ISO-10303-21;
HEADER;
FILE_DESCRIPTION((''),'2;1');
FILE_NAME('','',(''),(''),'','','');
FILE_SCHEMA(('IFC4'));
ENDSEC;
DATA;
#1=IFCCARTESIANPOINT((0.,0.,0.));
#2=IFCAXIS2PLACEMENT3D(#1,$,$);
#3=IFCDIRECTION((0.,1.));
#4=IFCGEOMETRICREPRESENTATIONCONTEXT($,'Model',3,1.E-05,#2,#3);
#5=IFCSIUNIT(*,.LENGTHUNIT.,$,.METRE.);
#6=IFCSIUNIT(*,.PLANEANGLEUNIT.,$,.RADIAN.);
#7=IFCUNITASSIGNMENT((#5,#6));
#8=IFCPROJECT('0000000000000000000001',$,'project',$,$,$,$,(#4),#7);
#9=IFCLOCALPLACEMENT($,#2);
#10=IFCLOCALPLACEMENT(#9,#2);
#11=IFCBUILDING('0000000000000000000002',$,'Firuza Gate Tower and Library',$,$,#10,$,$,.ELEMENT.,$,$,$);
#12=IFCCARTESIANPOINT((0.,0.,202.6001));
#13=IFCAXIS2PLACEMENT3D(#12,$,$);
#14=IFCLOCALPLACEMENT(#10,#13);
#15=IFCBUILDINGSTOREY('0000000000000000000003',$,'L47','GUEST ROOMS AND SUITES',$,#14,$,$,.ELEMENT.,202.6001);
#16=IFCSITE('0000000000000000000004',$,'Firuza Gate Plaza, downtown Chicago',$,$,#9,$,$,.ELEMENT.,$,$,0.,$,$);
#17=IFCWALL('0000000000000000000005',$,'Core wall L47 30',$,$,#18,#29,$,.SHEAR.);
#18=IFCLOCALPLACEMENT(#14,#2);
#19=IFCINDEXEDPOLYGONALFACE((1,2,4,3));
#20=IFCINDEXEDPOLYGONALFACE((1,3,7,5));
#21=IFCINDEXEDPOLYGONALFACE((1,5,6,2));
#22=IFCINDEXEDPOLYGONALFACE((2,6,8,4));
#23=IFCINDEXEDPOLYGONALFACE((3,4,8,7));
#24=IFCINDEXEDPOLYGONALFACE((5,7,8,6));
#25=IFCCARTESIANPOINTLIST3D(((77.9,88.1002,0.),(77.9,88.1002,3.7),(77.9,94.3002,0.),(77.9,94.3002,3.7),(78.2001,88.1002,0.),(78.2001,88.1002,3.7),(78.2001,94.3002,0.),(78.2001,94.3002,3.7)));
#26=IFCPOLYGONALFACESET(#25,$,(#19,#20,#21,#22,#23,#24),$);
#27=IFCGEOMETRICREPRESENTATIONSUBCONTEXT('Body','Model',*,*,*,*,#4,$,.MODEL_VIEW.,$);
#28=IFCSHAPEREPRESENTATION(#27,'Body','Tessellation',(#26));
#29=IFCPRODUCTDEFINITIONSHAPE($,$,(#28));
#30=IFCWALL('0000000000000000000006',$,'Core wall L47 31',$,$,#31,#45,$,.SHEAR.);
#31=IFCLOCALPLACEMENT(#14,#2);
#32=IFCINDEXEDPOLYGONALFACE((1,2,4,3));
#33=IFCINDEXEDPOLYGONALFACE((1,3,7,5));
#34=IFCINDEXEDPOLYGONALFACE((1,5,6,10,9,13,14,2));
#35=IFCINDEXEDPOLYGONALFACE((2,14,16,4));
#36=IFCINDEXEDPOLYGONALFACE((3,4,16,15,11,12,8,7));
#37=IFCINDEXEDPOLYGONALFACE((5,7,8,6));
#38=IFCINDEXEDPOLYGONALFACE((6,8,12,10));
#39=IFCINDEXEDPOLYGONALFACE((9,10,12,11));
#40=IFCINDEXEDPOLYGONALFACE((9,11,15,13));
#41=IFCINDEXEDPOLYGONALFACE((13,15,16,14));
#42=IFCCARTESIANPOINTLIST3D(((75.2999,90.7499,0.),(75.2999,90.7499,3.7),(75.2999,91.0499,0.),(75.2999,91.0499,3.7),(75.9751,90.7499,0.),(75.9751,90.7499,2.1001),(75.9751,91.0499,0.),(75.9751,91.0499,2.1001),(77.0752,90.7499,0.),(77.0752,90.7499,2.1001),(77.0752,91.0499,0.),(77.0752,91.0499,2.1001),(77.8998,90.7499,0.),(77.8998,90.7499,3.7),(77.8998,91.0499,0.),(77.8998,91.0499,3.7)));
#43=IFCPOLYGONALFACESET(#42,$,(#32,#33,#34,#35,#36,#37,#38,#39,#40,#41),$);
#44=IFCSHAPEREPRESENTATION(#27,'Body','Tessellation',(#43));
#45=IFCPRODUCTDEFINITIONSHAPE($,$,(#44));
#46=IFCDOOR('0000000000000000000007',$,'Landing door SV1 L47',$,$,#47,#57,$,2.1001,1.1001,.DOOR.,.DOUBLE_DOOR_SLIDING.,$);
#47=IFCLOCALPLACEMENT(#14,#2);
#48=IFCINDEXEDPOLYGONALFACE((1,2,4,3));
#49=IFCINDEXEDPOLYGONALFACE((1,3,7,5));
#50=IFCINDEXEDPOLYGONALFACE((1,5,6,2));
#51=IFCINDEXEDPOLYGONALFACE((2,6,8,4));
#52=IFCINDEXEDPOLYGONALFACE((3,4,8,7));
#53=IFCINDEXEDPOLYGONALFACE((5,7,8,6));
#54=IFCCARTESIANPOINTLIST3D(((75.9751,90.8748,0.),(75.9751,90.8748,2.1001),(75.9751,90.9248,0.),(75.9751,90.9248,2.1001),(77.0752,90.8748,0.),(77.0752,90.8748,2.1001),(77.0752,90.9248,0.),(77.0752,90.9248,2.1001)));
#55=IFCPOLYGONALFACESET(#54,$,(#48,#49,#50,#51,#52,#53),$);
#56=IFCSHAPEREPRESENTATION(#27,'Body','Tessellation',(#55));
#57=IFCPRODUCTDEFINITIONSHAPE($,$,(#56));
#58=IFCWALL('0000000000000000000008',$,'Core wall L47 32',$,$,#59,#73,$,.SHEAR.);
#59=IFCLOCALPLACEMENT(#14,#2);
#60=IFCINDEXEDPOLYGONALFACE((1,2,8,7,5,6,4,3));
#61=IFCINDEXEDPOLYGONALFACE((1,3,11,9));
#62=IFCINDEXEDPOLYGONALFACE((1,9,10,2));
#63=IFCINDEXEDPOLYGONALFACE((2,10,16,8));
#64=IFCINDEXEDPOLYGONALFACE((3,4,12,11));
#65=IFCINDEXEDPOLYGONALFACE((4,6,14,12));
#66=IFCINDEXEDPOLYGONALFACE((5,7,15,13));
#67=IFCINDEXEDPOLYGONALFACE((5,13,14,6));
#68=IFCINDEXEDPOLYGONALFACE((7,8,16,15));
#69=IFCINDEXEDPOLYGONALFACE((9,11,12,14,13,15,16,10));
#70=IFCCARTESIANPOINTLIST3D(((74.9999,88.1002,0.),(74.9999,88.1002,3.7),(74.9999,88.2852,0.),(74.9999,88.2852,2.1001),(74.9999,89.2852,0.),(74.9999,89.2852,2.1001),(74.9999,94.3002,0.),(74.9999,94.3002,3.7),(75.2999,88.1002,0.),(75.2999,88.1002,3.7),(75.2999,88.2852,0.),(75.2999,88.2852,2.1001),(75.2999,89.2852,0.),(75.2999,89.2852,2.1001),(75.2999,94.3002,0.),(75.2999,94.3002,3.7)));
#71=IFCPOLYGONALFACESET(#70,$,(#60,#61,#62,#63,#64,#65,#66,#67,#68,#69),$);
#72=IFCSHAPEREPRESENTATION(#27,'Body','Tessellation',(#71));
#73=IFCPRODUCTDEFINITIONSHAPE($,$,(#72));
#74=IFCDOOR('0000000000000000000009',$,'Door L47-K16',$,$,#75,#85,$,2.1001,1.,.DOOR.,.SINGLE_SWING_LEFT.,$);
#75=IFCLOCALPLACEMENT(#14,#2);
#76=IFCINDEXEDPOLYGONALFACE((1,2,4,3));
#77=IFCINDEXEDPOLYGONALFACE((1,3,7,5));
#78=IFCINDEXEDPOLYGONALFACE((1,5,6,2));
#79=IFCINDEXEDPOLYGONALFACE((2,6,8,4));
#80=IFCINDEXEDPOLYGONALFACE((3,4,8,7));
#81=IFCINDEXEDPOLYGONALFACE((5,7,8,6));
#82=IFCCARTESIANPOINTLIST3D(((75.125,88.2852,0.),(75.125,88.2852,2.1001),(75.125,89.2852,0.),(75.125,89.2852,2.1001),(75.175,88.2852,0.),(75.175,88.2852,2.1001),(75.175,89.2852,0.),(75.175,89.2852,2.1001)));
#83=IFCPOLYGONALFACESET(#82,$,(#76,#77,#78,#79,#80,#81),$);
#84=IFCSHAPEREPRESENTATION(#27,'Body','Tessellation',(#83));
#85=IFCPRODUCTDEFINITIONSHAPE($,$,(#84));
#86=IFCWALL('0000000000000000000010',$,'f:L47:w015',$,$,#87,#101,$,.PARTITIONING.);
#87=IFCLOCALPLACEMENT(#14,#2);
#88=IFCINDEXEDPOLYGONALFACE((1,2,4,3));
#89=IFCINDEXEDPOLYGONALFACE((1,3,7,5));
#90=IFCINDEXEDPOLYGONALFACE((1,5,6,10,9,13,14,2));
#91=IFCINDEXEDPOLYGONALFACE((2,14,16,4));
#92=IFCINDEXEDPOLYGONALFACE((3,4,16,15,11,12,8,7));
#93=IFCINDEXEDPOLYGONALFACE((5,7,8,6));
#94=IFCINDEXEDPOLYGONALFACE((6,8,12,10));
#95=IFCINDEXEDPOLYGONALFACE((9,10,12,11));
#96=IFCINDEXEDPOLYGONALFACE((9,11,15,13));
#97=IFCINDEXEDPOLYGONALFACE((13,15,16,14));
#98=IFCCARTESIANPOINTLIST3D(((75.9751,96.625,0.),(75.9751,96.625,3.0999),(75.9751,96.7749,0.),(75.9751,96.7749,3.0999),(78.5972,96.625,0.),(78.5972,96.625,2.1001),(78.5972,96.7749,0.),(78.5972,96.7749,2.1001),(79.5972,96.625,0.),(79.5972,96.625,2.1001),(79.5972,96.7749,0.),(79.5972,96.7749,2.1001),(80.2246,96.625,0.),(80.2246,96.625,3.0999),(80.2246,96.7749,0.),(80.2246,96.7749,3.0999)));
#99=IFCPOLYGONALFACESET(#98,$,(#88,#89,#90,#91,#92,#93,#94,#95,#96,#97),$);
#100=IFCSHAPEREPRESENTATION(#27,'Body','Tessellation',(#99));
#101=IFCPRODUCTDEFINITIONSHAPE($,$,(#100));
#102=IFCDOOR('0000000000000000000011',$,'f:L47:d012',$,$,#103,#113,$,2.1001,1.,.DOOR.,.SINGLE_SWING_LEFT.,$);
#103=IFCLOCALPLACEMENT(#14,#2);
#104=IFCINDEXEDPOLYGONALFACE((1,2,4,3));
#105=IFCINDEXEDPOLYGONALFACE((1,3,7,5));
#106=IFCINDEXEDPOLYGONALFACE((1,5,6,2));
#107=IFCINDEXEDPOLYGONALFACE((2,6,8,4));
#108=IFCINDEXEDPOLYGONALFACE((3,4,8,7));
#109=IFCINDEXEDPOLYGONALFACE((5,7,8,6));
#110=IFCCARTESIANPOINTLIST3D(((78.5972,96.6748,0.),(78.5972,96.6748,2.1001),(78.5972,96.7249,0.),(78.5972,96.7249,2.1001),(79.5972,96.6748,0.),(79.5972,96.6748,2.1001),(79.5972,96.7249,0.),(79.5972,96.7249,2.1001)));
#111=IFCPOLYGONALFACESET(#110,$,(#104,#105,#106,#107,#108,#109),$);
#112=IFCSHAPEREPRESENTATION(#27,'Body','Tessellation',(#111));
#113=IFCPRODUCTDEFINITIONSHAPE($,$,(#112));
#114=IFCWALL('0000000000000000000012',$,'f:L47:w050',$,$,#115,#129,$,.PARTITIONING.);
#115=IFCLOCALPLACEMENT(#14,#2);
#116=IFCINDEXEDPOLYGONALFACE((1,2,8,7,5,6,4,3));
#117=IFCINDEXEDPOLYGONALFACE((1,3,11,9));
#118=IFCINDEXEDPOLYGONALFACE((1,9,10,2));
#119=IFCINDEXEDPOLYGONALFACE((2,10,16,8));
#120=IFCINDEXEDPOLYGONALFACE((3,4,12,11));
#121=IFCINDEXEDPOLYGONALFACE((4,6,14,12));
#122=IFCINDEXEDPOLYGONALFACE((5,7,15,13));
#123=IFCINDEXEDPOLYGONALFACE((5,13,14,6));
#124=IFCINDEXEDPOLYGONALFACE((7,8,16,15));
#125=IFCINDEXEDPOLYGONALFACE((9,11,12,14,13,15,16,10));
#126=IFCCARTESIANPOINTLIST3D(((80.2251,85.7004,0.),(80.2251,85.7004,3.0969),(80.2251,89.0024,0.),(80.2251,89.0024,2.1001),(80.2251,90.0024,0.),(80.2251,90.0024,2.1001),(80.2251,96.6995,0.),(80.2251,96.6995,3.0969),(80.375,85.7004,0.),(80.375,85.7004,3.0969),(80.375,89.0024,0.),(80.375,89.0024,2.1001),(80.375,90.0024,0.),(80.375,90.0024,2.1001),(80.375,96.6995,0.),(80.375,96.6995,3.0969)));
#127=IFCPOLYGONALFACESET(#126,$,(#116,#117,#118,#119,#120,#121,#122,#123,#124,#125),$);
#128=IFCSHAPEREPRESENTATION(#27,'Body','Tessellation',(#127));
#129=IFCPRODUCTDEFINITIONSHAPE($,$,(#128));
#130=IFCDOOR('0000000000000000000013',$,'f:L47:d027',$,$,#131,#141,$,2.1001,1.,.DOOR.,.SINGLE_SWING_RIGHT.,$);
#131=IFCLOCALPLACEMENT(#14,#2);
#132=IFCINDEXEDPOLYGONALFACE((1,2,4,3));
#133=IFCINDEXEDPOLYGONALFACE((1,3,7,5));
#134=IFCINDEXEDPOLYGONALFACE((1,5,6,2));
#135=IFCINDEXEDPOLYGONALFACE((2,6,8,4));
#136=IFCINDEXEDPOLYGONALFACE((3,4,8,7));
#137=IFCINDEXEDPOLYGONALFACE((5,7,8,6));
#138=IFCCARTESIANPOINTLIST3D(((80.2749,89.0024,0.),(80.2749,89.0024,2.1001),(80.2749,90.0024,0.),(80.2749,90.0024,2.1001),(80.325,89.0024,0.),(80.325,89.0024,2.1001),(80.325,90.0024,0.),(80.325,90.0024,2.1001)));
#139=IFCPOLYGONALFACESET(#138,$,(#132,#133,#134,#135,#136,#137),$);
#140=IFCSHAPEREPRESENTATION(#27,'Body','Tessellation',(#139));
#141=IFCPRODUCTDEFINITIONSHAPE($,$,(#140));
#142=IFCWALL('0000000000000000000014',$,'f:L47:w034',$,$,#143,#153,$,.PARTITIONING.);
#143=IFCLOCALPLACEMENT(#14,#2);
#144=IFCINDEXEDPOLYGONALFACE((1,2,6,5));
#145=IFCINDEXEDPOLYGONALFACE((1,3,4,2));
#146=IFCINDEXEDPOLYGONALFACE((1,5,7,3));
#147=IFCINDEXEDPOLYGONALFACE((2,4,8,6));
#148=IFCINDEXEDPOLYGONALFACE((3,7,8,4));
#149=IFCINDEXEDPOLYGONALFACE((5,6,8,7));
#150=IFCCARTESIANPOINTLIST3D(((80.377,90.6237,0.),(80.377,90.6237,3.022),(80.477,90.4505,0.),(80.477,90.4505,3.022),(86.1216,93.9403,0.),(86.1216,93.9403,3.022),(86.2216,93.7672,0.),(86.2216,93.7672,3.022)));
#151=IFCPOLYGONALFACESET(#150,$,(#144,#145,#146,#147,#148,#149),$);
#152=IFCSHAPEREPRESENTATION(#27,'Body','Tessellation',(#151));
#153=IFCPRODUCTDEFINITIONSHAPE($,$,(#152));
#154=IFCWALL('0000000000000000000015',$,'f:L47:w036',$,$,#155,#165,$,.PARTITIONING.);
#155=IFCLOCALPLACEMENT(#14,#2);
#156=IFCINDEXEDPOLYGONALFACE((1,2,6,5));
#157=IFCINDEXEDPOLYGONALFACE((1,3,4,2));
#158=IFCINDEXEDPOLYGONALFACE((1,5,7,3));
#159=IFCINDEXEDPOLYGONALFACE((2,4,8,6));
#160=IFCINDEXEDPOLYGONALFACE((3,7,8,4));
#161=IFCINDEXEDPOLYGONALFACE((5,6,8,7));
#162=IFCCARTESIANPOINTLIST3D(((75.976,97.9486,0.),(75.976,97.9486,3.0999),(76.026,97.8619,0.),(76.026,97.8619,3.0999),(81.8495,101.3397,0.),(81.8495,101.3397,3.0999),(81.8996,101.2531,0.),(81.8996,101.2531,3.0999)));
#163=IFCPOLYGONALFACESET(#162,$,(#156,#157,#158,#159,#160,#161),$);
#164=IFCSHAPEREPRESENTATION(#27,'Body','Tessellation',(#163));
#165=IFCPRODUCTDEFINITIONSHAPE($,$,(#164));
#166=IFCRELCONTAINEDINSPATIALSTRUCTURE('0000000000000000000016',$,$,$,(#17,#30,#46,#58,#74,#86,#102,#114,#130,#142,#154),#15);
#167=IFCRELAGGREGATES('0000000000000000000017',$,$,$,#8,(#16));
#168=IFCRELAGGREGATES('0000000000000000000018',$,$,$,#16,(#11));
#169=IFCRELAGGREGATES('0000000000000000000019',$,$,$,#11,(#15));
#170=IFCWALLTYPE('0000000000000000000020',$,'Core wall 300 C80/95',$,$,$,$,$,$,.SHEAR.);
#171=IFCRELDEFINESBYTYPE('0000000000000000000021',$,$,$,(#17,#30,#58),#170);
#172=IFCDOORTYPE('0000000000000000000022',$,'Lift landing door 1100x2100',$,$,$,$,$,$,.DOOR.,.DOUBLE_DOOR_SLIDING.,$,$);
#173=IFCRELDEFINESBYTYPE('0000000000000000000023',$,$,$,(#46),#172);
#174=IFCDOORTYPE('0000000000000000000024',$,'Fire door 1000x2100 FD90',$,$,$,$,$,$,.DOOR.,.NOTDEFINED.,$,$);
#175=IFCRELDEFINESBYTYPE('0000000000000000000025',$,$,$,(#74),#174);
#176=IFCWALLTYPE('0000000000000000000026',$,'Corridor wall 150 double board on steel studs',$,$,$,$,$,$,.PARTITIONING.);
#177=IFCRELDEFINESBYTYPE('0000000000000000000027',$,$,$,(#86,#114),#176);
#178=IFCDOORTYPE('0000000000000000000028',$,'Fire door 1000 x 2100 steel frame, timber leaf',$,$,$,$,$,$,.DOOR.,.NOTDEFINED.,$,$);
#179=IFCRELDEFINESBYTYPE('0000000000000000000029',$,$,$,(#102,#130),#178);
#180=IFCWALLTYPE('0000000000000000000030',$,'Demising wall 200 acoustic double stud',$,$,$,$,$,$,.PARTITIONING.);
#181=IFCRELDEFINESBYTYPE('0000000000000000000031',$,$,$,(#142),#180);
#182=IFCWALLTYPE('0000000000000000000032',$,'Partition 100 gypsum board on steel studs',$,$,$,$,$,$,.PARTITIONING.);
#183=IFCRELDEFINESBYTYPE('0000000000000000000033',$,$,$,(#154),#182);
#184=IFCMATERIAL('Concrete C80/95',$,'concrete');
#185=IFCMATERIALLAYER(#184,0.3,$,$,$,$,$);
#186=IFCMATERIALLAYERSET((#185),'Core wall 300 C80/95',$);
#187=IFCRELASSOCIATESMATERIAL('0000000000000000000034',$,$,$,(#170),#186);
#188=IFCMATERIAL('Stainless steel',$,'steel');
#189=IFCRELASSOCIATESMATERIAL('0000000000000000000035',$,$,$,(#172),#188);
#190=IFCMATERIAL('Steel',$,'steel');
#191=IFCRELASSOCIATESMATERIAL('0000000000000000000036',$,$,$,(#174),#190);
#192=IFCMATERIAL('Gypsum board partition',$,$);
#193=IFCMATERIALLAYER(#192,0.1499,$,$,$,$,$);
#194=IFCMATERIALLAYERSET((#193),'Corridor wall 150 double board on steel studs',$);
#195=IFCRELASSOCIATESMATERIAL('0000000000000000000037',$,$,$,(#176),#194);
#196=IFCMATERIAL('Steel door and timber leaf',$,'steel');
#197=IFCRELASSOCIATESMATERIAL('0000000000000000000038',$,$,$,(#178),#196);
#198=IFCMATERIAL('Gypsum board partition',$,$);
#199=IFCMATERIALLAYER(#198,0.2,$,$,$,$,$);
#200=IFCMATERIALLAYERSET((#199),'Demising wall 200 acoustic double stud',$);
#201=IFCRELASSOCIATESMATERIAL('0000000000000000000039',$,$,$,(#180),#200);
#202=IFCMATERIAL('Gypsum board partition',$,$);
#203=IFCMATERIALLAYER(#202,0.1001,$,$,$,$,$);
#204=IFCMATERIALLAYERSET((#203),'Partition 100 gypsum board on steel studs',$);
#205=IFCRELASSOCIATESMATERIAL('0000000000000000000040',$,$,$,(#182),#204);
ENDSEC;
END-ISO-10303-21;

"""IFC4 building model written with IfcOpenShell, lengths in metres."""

from ifc_helpers import new_model, si_unit, direction, frame, frame_2d, origin, place, context, subcontext, project, spatial, rectangle, extrude, material, layer, layer_set, type_object, element, fill, save


model = new_model("IFC4")

# Units and contexts
model_context = context("Model", 3, precision=1e-05, world=origin(), true_north=direction((0.0, 1.0)))
body_context = subcontext(model_context, "Body", "Model", "MODEL_VIEW")
ifc_project = project(units=[si_unit("LENGTHUNIT", "METRE"), si_unit("PLANEANGLEUNIT", "RADIAN")], contexts=[model_context])

# Site, building, storey
site_placement = place(None, origin())
site = spatial("IfcSite", under=ifc_project, at=site_placement, Name="Firuza Gate Plaza, downtown Chicago", CompositionType="ELEMENT", RefElevation=0.0)
building_placement = place(site_placement, origin())
building = spatial("IfcBuilding", under=site, at=building_placement, Name="Firuza Gate Tower and Library", CompositionType="ELEMENT")
storey_placement = place(building_placement, frame((0.0, 0.0, 202.6001)))
storey = spatial("IfcBuildingStorey", under=building, at=storey_placement, Name="L47", Description="GUEST ROOMS AND SUITES", CompositionType="ELEMENT", Elevation=202.6001)

# Wall
ifc_material_1 = material(Name="Concrete C80/95", Category="concrete")
ifc_layer_1 = layer(ifc_material_1, 0.3)
ifc_layer_set_1 = layer_set([ifc_layer_1], Name="Core wall 300 C80/95")
wall_type_1 = type_object("IfcWallType", Name="Core wall 300 C80/95", PredefinedType="SHEAR", material=ifc_layer_set_1)
wall_1_placement = place(storey_placement, frame((78.05, 88.1001, 0.0), z_axis=(0.0, 0.0, 1.0), x_axis=(0.0, 1.0, 0.0)))
element("IfcWall", 1, at=wall_1_placement, inside=storey, type_object=wall_type_1, Name="Core wall L47 30", PredefinedType="SHEAR", context=body_context, shape_type="SweptSolid", body=[
    extrude(rectangle(XDim=6.2, YDim=0.3, at=frame_2d((3.1001, 0.0))), origin(), (0.0, 0.0, 1.0), 3.7),
])

# Walls, openings, doors
wall_2_placement = place(storey_placement, frame((75.3, 90.8999, 0.0), z_axis=(0.0, 0.0, 1.0), x_axis=(1.0, 0.0, 0.0)))
wall_2 = element("IfcWall", 2, at=wall_2_placement, inside=storey, type_object=wall_type_1, Name="Core wall L47 31", PredefinedType="SHEAR", context=body_context, shape_type="SweptSolid", body=[
    extrude(rectangle(XDim=2.5999, YDim=0.3, at=frame_2d((1.2998, 0.0))), origin(), (0.0, 0.0, 1.0), 3.7),
])
opening_1_placement = place(wall_2_placement, frame((0.675, 0.0, 0.0)))
opening_1 = element("IfcOpeningElement", 3, at=opening_1_placement, cuts=wall_2, PredefinedType="OPENING", context=body_context, shape_type="SweptSolid", body=[
    extrude(rectangle(XDim=1.1001, YDim=2.1001, at=frame_2d((0.55, 1.05))), frame((0.0, 0.1602, 0.0), z_axis=(0.0, -1.0, 0.0), x_axis=(1.0, 0.0, 0.0)), (0.0, 0.0, 1.0), 0.3201),
])
ifc_material_2 = material(Name="Stainless steel", Category="steel")
door_type_1 = type_object("IfcDoorType", Name="Lift landing door 1100x2100", OperationType="DOUBLE_DOOR_SLIDING", PredefinedType="DOOR", material=ifc_material_2)
door_1_placement = place(opening_1_placement, origin())
door_1 = element("IfcDoor", 4, at=door_1_placement, inside=storey, type_object=door_type_1, Name="Landing door SV1 L47", OperationType="DOUBLE_DOOR_SLIDING", OverallHeight=2.1001, OverallWidth=1.1001, PredefinedType="DOOR", context=body_context, shape_type="SweptSolid", body=[
    extrude(rectangle(XDim=1.1001, YDim=2.1001, at=frame_2d((0.55, 1.05))), frame((0.0, 0.0249, 0.0), z_axis=(0.0, -1.0, 0.0), x_axis=(1.0, 0.0, 0.0)), (0.0, 0.0, 1.0), 0.05),
])
fill(opening_1, door_1)
wall_3_placement = place(storey_placement, frame((75.1499, 88.1001, 0.0), z_axis=(0.0, 0.0, 1.0), x_axis=(0.0, 1.0, 0.0)))
wall_3 = element("IfcWall", 5, at=wall_3_placement, inside=storey, type_object=wall_type_1, Name="Core wall L47 32", PredefinedType="SHEAR", context=body_context, shape_type="SweptSolid", body=[
    extrude(rectangle(XDim=6.2, YDim=0.3, at=frame_2d((3.1001, 0.0))), origin(), (0.0, 0.0, 1.0), 3.7),
])
opening_2_placement = place(wall_3_placement, frame((0.1851, 0.0, 0.0)))
opening_2 = element("IfcOpeningElement", 6, at=opening_2_placement, cuts=wall_3, PredefinedType="OPENING", context=body_context, shape_type="SweptSolid", body=[
    extrude(rectangle(XDim=1.0, YDim=2.1001, at=frame_2d((0.5, 1.05))), frame((0.0, 0.1602, 0.0), z_axis=(0.0, -1.0, 0.0), x_axis=(1.0, 0.0, 0.0)), (0.0, 0.0, 1.0), 0.3201),
])
ifc_material_3 = material(Name="Steel", Category="steel")
door_type_2 = type_object("IfcDoorType", Name="Fire door 1000x2100 FD90", OperationType="NOTDEFINED", PredefinedType="DOOR", material=ifc_material_3)
door_2_placement = place(opening_2_placement, origin())
door_2 = element("IfcDoor", 7, at=door_2_placement, inside=storey, type_object=door_type_2, Name="Door L47-K16", OperationType="SINGLE_SWING_LEFT", OverallHeight=2.1001, OverallWidth=1.0, PredefinedType="DOOR", context=body_context, shape_type="SweptSolid", body=[
    extrude(rectangle(XDim=1.0, YDim=2.1001, at=frame_2d((0.5, 1.05))), frame((0.0, 0.0249, 0.0), z_axis=(0.0, -1.0, 0.0), x_axis=(1.0, 0.0, 0.0)), (0.0, 0.0, 1.0), 0.05),
])
fill(opening_2, door_2)
ifc_material_4 = material(Name="Gypsum board partition")
ifc_layer_2 = layer(ifc_material_4, 0.1499)
ifc_layer_set_2 = layer_set([ifc_layer_2], Name="Corridor wall 150 double board on steel studs")
wall_type_2 = type_object("IfcWallType", Name="Corridor wall 150 double board on steel studs", PredefinedType="PARTITIONING", material=ifc_layer_set_2)
wall_4_placement = place(storey_placement, frame((75.9751, 96.7, 0.0), z_axis=(0.0, 0.0, 1.0), x_axis=(1.0, 0.0, 0.0)))
wall_4 = element("IfcWall", 8, at=wall_4_placement, inside=storey, type_object=wall_type_2, Name="f:L47:w015", PredefinedType="PARTITIONING", context=body_context, shape_type="SweptSolid", body=[
    extrude(rectangle(XDim=4.2495, YDim=0.1499, at=frame_2d((2.1248, 0.0))), origin(), (0.0, 0.0, 1.0), 3.0999),
])
opening_3_placement = place(wall_4_placement, frame((2.6221, 0.0, 0.0)))
opening_3 = element("IfcOpeningElement", 9, at=opening_3_placement, cuts=wall_4, PredefinedType="OPENING", context=body_context, shape_type="SweptSolid", body=[
    extrude(rectangle(XDim=1.0, YDim=2.1001, at=frame_2d((0.5, 1.05))), frame((0.0, 0.085, 0.0), z_axis=(0.0, -1.0, 0.0), x_axis=(1.0, 0.0, 0.0)), (0.0, 0.0, 1.0), 0.1699),
])
ifc_material_5 = material(Name="Steel door and timber leaf", Category="steel")
door_type_3 = type_object("IfcDoorType", Name="Fire door 1000 x 2100 steel frame, timber leaf", OperationType="NOTDEFINED", PredefinedType="DOOR", material=ifc_material_5)
door_3_placement = place(opening_3_placement, origin())
door_3 = element("IfcDoor", 10, at=door_3_placement, inside=storey, type_object=door_type_3, Name="f:L47:d012", OperationType="SINGLE_SWING_LEFT", OverallHeight=2.1001, OverallWidth=1.0, PredefinedType="DOOR", context=body_context, shape_type="SweptSolid", body=[
    extrude(rectangle(XDim=1.0, YDim=2.1001, at=frame_2d((0.5, 1.05))), frame((0.0, 0.0249, 0.0), z_axis=(0.0, -1.0, 0.0), x_axis=(1.0, 0.0, 0.0)), (0.0, 0.0, 1.0), 0.05),
])
fill(opening_3, door_3)
wall_5_placement = place(storey_placement, frame((80.3, 96.6995, 0.0), z_axis=(0.0, 0.0, 1.0), x_axis=(0.0, -1.0, 0.0)))
wall_5 = element("IfcWall", 11, at=wall_5_placement, inside=storey, type_object=wall_type_2, Name="f:L47:w050", PredefinedType="PARTITIONING", context=body_context, shape_type="SweptSolid", body=[
    extrude(rectangle(XDim=10.999, YDim=0.1499, at=frame_2d((5.4995, 0.0))), origin(), (0.0, 0.0, 1.0), 3.0969),
])
opening_4_placement = place(wall_5_placement, frame((6.697, 0.0, 0.0)))
opening_4 = element("IfcOpeningElement", 12, at=opening_4_placement, cuts=wall_5, PredefinedType="OPENING", context=body_context, shape_type="SweptSolid", body=[
    extrude(rectangle(XDim=1.0, YDim=2.1001, at=frame_2d((0.5, 1.05))), frame((0.0, 0.085, 0.0), z_axis=(0.0, -1.0, 0.0), x_axis=(1.0, 0.0, 0.0)), (0.0, 0.0, 1.0), 0.1699),
])
door_4_placement = place(opening_4_placement, origin())
door_4 = element("IfcDoor", 13, at=door_4_placement, inside=storey, type_object=door_type_3, Name="f:L47:d027", OperationType="SINGLE_SWING_RIGHT", OverallHeight=2.1001, OverallWidth=1.0, PredefinedType="DOOR", context=body_context, shape_type="SweptSolid", body=[
    extrude(rectangle(XDim=1.0, YDim=2.1001, at=frame_2d((0.5, 1.05))), frame((0.0, 0.0249, 0.0), z_axis=(0.0, -1.0, 0.0), x_axis=(1.0, 0.0, 0.0)), (0.0, 0.0, 1.0), 0.05),
])
fill(opening_4, door_4)

# Walls
ifc_material_6 = material(Name="Gypsum board partition")
ifc_layer_3 = layer(ifc_material_6, 0.2)
ifc_layer_set_3 = layer_set([ifc_layer_3], Name="Demising wall 200 acoustic double stud")
wall_type_3 = type_object("IfcWallType", Name="Demising wall 200 acoustic double stud", PredefinedType="PARTITIONING", material=ifc_layer_set_3)
wall_6_placement = place(storey_placement, frame((80.427, 90.5371, 0.0), z_axis=(0.0, 0.0, 1.0), x_axis=(0.866026, 0.499999, 0.0)))
element("IfcWall", 14, at=wall_6_placement, inside=storey, type_object=wall_type_3, Name="f:L47:w034", PredefinedType="PARTITIONING", context=body_context, shape_type="SweptSolid", body=[
    extrude(rectangle(XDim=6.6333, YDim=0.2, at=frame_2d((3.3167, 0.0))), origin(), (0.0, 0.0, 1.0), 3.022),
])
ifc_material_7 = material(Name="Gypsum board partition")
ifc_layer_4 = layer(ifc_material_7, 0.1001)
ifc_layer_set_4 = layer_set([ifc_layer_4], Name="Partition 100 gypsum board on steel studs")
wall_type_4 = type_object("IfcWallType", Name="Partition 100 gypsum board on steel studs", PredefinedType="PARTITIONING", material=ifc_layer_set_4)
wall_7_placement = place(storey_placement, frame((76.001, 97.9053, 0.0), z_axis=(0.0, 0.0, 1.0), x_axis=(0.866024, 0.500003, 0.0)))
element("IfcWall", 15, at=wall_7_placement, inside=storey, type_object=wall_type_4, Name="f:L47:w036", PredefinedType="PARTITIONING", context=body_context, shape_type="SweptSolid", body=[
    extrude(rectangle(XDim=6.7822, YDim=0.1001, at=frame_2d((3.3911, 0.0))), origin(), (0.0, 0.0, 1.0), 3.0999),
])

save(model, "model.ifc")
